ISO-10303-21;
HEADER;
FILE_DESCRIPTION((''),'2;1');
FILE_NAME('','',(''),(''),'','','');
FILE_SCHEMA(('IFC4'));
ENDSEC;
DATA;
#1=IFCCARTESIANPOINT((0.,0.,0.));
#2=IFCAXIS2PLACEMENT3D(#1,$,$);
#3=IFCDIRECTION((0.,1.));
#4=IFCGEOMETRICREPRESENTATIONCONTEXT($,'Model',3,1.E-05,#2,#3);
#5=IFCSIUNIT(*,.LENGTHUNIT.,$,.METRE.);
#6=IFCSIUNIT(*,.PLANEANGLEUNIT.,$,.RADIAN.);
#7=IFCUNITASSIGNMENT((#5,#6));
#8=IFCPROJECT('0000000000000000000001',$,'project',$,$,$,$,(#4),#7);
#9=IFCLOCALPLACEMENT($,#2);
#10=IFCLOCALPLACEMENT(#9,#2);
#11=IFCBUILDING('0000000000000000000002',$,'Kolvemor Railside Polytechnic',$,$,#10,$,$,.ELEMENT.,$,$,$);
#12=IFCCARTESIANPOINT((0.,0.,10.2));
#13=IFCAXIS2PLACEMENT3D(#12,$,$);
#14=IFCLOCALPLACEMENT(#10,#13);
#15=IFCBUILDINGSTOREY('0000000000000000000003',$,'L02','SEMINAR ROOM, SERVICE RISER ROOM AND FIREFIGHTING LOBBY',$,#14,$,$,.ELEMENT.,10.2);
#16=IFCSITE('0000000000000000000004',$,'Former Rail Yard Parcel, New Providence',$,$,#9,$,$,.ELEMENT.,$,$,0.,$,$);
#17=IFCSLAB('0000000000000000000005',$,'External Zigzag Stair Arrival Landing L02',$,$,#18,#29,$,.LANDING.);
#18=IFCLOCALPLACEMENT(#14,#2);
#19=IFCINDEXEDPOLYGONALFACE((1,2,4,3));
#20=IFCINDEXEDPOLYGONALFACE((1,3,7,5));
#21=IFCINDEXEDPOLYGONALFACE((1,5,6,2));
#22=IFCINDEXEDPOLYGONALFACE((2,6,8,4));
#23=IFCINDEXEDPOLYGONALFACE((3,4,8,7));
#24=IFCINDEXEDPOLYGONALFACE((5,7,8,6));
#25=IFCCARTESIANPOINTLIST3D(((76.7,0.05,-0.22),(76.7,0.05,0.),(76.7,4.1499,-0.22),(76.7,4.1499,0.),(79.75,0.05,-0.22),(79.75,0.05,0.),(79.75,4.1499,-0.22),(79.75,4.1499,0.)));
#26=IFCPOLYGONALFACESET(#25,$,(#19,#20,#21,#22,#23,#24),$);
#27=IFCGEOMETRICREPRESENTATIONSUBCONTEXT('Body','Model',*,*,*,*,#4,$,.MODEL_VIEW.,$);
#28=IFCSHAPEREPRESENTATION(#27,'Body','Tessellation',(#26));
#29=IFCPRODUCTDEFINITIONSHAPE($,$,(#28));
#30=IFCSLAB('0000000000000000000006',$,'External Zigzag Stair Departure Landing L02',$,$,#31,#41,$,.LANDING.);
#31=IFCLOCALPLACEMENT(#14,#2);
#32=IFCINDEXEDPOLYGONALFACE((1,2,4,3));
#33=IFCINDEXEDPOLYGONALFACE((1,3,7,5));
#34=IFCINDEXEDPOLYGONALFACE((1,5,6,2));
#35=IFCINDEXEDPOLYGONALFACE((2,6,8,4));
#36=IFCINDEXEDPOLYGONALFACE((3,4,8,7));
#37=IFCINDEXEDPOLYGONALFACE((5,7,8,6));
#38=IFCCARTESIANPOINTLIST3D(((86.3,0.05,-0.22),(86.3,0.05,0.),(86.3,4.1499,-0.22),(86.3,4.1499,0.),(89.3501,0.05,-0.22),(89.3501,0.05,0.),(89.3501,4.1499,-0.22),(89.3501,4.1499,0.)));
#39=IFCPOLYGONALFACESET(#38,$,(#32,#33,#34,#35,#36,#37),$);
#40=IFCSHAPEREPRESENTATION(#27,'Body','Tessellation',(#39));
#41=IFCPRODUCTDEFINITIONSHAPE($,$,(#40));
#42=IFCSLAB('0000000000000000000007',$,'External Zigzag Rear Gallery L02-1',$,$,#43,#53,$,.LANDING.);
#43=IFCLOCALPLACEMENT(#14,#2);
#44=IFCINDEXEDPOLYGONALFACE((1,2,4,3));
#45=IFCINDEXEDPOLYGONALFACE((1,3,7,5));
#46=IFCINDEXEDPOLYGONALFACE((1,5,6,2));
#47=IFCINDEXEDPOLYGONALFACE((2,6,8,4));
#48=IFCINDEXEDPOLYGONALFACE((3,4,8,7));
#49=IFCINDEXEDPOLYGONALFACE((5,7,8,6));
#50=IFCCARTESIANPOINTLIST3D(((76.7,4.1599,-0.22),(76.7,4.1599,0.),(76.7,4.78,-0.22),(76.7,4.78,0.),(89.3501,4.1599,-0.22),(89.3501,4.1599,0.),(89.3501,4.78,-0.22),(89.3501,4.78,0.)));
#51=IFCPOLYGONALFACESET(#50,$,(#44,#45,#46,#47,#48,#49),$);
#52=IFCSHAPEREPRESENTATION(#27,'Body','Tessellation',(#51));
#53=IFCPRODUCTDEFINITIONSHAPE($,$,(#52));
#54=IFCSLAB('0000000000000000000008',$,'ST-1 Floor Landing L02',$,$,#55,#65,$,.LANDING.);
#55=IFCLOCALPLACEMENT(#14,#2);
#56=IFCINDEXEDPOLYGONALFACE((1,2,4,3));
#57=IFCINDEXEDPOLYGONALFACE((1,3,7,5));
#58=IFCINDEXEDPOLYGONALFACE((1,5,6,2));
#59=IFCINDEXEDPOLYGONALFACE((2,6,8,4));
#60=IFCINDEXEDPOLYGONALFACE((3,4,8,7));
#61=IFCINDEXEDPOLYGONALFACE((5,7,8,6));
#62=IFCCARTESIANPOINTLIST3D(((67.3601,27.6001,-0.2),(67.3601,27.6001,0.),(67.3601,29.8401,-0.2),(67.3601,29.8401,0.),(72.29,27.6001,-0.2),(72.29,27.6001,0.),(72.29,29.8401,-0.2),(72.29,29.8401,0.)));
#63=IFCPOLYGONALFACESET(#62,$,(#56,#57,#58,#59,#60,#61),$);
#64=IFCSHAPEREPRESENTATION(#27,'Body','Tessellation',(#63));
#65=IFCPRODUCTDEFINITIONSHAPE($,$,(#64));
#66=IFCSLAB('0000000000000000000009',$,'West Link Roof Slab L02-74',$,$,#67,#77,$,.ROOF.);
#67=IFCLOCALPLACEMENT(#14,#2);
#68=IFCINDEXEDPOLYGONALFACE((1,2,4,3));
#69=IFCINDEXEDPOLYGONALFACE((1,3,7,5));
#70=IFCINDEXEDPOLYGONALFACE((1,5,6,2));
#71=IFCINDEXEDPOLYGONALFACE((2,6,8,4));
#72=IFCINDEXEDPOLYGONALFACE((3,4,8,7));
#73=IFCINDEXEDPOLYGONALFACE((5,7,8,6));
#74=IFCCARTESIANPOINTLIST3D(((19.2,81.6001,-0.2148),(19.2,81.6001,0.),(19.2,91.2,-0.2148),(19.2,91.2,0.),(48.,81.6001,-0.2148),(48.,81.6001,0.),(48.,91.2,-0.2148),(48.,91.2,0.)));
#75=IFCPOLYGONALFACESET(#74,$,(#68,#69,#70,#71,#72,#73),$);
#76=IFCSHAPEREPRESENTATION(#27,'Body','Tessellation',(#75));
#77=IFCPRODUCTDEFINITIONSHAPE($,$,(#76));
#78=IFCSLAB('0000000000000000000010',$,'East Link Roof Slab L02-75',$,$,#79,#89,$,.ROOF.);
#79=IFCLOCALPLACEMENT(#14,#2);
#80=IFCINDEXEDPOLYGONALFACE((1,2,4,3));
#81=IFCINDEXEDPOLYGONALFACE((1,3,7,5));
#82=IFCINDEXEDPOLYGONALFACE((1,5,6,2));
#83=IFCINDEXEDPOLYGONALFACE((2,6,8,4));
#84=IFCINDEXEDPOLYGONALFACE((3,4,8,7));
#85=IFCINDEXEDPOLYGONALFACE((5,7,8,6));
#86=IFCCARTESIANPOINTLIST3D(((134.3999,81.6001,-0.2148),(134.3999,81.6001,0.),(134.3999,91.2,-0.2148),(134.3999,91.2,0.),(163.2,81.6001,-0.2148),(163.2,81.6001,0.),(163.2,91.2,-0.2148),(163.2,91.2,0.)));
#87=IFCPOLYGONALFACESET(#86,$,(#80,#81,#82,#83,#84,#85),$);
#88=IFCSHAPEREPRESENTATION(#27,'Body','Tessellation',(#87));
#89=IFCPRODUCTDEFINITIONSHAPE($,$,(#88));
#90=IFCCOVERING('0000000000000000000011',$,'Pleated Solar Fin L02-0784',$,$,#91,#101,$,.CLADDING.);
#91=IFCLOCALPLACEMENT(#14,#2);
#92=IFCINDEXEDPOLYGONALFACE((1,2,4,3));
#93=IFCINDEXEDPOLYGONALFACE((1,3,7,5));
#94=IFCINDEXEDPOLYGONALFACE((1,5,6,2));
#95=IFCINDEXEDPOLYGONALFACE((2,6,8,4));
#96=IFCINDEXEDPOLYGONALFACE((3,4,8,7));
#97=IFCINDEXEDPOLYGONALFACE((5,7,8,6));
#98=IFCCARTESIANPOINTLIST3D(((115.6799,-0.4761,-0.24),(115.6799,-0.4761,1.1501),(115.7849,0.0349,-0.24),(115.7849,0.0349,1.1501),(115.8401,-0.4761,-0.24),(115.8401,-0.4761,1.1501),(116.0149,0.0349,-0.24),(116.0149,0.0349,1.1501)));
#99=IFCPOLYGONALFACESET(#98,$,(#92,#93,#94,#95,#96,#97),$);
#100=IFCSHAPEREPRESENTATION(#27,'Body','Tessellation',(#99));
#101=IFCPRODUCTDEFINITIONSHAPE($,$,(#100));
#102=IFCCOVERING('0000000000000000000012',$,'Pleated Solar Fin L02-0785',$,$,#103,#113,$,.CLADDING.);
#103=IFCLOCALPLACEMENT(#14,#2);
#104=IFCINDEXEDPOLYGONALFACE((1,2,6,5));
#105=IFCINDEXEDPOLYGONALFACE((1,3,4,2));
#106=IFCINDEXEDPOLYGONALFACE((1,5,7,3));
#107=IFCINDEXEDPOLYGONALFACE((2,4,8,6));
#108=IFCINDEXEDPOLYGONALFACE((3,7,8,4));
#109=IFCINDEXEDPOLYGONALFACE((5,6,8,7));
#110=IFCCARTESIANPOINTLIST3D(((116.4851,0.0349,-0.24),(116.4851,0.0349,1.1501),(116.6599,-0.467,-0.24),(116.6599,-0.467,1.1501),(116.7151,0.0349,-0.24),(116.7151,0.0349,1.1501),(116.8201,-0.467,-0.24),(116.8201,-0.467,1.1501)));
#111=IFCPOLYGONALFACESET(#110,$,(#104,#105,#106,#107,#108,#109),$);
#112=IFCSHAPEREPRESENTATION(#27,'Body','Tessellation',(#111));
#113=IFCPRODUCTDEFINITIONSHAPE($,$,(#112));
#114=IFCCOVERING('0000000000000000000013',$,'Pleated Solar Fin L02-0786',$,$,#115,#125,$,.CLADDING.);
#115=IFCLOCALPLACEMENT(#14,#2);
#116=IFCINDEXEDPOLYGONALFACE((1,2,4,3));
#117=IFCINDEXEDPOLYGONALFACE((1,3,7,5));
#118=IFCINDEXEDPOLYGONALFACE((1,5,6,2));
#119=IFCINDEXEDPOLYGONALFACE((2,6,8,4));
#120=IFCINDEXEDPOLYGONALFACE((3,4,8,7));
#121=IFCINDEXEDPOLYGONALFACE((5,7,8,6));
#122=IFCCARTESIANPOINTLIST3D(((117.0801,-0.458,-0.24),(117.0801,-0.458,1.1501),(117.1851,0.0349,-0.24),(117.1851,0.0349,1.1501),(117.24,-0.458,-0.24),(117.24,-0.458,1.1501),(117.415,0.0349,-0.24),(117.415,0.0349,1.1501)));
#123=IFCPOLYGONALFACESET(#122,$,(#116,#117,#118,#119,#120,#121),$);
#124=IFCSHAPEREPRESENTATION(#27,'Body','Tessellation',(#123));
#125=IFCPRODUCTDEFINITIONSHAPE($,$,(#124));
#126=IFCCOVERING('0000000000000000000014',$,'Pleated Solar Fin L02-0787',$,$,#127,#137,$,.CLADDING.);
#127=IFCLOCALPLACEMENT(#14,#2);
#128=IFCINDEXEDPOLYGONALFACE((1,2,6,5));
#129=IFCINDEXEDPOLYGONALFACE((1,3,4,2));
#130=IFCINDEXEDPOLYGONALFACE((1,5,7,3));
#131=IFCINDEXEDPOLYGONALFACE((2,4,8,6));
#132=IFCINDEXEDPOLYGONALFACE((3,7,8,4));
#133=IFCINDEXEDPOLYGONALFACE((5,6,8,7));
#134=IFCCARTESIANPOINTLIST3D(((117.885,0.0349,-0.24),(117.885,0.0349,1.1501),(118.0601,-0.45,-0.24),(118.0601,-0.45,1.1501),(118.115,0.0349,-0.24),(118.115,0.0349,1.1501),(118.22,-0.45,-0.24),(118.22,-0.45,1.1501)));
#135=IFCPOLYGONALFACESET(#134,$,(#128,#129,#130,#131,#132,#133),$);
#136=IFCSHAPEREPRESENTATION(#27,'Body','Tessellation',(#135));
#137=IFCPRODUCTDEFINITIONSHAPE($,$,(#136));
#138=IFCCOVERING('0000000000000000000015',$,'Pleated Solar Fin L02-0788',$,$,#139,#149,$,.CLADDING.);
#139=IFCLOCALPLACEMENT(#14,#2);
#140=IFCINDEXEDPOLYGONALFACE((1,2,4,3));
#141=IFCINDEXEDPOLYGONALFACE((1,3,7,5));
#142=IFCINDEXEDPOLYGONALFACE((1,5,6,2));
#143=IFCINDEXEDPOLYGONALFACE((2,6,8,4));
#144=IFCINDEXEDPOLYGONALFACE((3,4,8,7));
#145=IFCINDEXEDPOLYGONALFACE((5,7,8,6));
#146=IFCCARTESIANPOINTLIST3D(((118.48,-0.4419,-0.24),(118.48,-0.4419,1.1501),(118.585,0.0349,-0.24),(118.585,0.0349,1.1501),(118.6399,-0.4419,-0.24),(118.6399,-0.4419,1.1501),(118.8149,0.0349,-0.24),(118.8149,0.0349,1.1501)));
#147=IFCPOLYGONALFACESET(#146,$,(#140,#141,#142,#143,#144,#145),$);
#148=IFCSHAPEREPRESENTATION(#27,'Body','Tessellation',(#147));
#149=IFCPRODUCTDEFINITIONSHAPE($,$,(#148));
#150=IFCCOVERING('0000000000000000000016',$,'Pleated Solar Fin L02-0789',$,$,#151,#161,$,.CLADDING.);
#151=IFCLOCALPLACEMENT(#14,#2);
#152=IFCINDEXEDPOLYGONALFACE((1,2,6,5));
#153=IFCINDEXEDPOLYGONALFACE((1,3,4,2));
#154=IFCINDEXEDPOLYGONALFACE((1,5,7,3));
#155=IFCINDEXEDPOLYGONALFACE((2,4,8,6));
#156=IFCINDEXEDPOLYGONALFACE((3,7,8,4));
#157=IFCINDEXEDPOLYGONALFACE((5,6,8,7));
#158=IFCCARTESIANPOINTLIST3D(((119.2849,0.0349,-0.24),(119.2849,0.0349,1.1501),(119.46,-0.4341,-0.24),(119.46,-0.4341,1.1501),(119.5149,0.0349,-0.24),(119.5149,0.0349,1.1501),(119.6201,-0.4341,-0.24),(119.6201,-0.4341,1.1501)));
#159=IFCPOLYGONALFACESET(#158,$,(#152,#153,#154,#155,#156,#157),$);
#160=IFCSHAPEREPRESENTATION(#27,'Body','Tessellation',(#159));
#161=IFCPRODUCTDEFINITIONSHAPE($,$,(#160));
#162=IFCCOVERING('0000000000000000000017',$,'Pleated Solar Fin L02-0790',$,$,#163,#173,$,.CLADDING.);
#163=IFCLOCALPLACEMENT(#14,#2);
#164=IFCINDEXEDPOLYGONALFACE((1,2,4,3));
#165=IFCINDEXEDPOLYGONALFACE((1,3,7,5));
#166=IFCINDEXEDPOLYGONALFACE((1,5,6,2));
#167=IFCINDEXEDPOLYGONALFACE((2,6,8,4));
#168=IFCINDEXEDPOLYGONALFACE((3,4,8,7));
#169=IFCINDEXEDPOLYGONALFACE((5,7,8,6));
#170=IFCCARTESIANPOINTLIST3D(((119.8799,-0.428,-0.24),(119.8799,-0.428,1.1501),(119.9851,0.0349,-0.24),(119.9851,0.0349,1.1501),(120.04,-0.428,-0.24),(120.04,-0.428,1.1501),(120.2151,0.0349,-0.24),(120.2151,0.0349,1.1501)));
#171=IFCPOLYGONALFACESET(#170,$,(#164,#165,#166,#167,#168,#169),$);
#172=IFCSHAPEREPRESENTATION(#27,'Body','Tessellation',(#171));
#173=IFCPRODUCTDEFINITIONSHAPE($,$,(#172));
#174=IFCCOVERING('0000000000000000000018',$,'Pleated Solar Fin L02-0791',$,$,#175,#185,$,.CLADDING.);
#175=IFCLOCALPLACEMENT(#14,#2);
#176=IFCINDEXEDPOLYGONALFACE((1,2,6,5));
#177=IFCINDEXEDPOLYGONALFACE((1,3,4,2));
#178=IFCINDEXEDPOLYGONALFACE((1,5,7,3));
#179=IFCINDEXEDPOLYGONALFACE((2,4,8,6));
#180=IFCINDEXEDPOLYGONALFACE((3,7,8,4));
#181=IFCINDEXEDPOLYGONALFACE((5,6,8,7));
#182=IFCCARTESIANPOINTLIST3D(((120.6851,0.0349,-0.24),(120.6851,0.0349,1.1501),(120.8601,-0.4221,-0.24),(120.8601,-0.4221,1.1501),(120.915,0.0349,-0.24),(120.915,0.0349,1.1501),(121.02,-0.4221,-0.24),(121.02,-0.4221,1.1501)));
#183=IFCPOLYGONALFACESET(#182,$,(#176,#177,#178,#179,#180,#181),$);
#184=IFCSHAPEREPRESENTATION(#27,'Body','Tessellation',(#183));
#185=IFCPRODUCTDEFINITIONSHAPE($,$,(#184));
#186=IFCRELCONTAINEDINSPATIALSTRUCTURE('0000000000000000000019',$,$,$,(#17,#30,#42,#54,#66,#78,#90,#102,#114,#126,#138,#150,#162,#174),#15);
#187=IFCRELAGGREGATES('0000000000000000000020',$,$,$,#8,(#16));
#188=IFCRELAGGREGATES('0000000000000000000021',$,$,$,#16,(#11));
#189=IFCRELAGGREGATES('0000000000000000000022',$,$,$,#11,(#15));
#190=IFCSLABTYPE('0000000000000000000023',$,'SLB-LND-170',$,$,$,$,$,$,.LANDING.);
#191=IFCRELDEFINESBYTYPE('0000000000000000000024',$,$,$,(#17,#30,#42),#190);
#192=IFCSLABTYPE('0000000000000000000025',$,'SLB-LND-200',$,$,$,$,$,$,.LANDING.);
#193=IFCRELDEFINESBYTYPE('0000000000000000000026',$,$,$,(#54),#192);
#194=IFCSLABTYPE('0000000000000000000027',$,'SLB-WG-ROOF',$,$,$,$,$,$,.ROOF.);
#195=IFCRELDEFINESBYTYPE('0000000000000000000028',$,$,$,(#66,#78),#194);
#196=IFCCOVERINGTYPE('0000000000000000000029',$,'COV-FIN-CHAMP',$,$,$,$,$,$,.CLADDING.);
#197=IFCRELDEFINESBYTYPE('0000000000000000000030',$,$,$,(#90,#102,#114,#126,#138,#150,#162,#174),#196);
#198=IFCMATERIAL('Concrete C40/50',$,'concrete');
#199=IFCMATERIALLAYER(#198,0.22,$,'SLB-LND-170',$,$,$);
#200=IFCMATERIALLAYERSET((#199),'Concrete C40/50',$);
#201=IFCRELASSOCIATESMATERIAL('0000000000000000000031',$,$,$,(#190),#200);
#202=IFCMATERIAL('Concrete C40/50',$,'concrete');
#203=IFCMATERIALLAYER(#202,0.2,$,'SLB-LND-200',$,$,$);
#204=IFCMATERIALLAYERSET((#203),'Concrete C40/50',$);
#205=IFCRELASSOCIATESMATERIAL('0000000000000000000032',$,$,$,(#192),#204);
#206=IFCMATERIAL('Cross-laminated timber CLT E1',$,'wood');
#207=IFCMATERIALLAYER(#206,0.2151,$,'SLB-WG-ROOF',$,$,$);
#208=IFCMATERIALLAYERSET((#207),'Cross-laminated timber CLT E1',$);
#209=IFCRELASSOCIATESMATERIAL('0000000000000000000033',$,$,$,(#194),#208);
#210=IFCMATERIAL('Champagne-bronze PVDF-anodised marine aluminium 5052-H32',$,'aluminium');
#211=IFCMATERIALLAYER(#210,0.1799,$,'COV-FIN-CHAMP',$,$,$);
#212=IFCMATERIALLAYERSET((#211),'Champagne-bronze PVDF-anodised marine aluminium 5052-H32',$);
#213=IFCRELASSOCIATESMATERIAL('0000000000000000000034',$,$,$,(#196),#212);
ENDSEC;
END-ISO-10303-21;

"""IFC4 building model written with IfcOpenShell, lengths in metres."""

from ifc_helpers import new_model, si_unit, direction, frame, origin, place, context, subcontext, project, spatial, polyline, outline, extrude, material, layer, layer_set, type_object, element, save


model = new_model("IFC4")

# Units and contexts
model_context = context("Model", 3, precision=1e-05, world=origin(), true_north=direction((0.0, 1.0)))
body_context = subcontext(model_context, "Body", "Model", "MODEL_VIEW")
ifc_project = project(units=[si_unit("LENGTHUNIT", "METRE"), si_unit("PLANEANGLEUNIT", "RADIAN")], contexts=[model_context])

# Site, building, storey
site_placement = place(None, origin())
site = spatial("IfcSite", under=ifc_project, at=site_placement, Name="Former Rail Yard Parcel, New Providence", CompositionType="ELEMENT", RefElevation=0.0)
building_placement = place(site_placement, origin())
building = spatial("IfcBuilding", under=site, at=building_placement, Name="Kolvemor Railside Polytechnic", CompositionType="ELEMENT")
storey_placement = place(building_placement, frame((0.0, 0.0, 10.2)))
storey = spatial("IfcBuildingStorey", under=building, at=storey_placement, Name="L02", Description="SEMINAR ROOM, SERVICE RISER ROOM AND FIREFIGHTING LOBBY", CompositionType="ELEMENT", Elevation=10.2)

# Slabs
ifc_material_1 = material(Name="Concrete C40/50", Category="concrete")
ifc_layer_1 = layer(ifc_material_1, 0.22, Name="SLB-LND-170")
ifc_layer_set_1 = layer_set([ifc_layer_1], Name="Concrete C40/50")
slab_type_1 = type_object("IfcSlabType", Name="SLB-LND-170", PredefinedType="LANDING", material=ifc_layer_set_1)
slab_1_placement = place(storey_placement, frame((0.0, 0.0, -0.22)))
element("IfcSlab", 1, at=slab_1_placement, inside=storey, type_object=slab_type_1, Name="External Zigzag Stair Arrival Landing L02", PredefinedType="LANDING", context=body_context, shape_type="SweptSolid", body=[
    extrude(outline(polyline([(76.7, 0.05), (79.75, 0.05), (79.75, 4.1499), (76.7, 4.1499), (76.7, 0.05)])), origin(), (0.0, 0.0, 1.0), 0.22),
])
slab_2_placement = place(storey_placement, frame((0.0, 0.0, -0.22)))
element("IfcSlab", 2, at=slab_2_placement, inside=storey, type_object=slab_type_1, Name="External Zigzag Stair Departure Landing L02", PredefinedType="LANDING", context=body_context, shape_type="SweptSolid", body=[
    extrude(outline(polyline([(86.3, 0.05), (89.3501, 0.05), (89.3501, 4.1499), (86.3, 4.1499), (86.3, 0.05)])), origin(), (0.0, 0.0, 1.0), 0.22),
])
slab_3_placement = place(storey_placement, frame((0.0, 0.0, -0.22)))
element("IfcSlab", 3, at=slab_3_placement, inside=storey, type_object=slab_type_1, Name="External Zigzag Rear Gallery L02-1", PredefinedType="LANDING", context=body_context, shape_type="SweptSolid", body=[
    extrude(outline(polyline([(76.7, 4.1599), (89.3501, 4.1599), (89.3501, 4.78), (76.7, 4.78), (76.7, 4.1599)])), origin(), (0.0, 0.0, 1.0), 0.22),
])
ifc_material_2 = material(Name="Concrete C40/50", Category="concrete")
ifc_layer_2 = layer(ifc_material_2, 0.2, Name="SLB-LND-200")
ifc_layer_set_2 = layer_set([ifc_layer_2], Name="Concrete C40/50")
slab_type_2 = type_object("IfcSlabType", Name="SLB-LND-200", PredefinedType="LANDING", material=ifc_layer_set_2)
slab_4_placement = place(storey_placement, frame((0.0, 0.0, -0.2)))
element("IfcSlab", 4, at=slab_4_placement, inside=storey, type_object=slab_type_2, Name="ST-1 Floor Landing L02", PredefinedType="LANDING", context=body_context, shape_type="SweptSolid", body=[
    extrude(outline(polyline([(67.3601, 27.6001), (72.29, 27.6001), (72.29, 29.8401), (67.3601, 29.8401), (67.3601, 27.6001)])), origin(), (0.0, 0.0, 1.0), 0.2),
])
ifc_material_3 = material(Name="Cross-laminated timber CLT E1", Category="wood")
ifc_layer_3 = layer(ifc_material_3, 0.2151, Name="SLB-WG-ROOF")
ifc_layer_set_3 = layer_set([ifc_layer_3], Name="Cross-laminated timber CLT E1")
slab_type_3 = type_object("IfcSlabType", Name="SLB-WG-ROOF", PredefinedType="ROOF", material=ifc_layer_set_3)
slab_5_placement = place(storey_placement, frame((0.0, 0.0, -0.2148)))
element("IfcSlab", 5, at=slab_5_placement, inside=storey, type_object=slab_type_3, Name="West Link Roof Slab L02-74", PredefinedType="ROOF", context=body_context, shape_type="SweptSolid", body=[
    extrude(outline(polyline([(19.2, 81.6001), (48.0, 81.6001), (48.0, 91.2), (19.2, 91.2), (19.2, 81.6001)])), origin(), (0.0, 0.0, 1.0), 0.2148),
])
slab_6_placement = place(storey_placement, frame((0.0, 0.0, -0.2148)))
element("IfcSlab", 6, at=slab_6_placement, inside=storey, type_object=slab_type_3, Name="East Link Roof Slab L02-75", PredefinedType="ROOF", context=body_context, shape_type="SweptSolid", body=[
    extrude(outline(polyline([(134.3999, 81.6001), (163.2, 81.6001), (163.2, 91.2), (134.3999, 91.2), (134.3999, 81.6001)])), origin(), (0.0, 0.0, 1.0), 0.2148),
])

# Coverings
ifc_material_4 = material(Name="Champagne-bronze PVDF-anodised marine aluminium 5052-H32", Category="aluminium")
ifc_layer_4 = layer(ifc_material_4, 0.1799, Name="COV-FIN-CHAMP")
ifc_layer_set_4 = layer_set([ifc_layer_4], Name="Champagne-bronze PVDF-anodised marine aluminium 5052-H32")
covering_type = type_object("IfcCoveringType", Name="COV-FIN-CHAMP", PredefinedType="CLADDING", material=ifc_layer_set_4)
covering_1_placement = place(storey_placement, frame((0.0, 0.0, -0.24)))
element("IfcCovering", 7, at=covering_1_placement, inside=storey, type_object=covering_type, Name="Pleated Solar Fin L02-0784", PredefinedType="CLADDING", context=body_context, shape_type="SweptSolid", body=[
    extrude(outline(polyline([(115.7849, 0.0349), (116.0149, 0.0349), (115.8401, -0.4761), (115.6799, -0.4761), (115.7849, 0.0349)])), origin(), (0.0, 0.0, 1.0), 1.3901),
])
covering_2_placement = place(storey_placement, frame((0.0, 0.0, -0.24)))
element("IfcCovering", 8, at=covering_2_placement, inside=storey, type_object=covering_type, Name="Pleated Solar Fin L02-0785", PredefinedType="CLADDING", context=body_context, shape_type="SweptSolid", body=[
    extrude(outline(polyline([(116.4851, 0.0349), (116.7151, 0.0349), (116.8201, -0.467), (116.6599, -0.467), (116.4851, 0.0349)])), origin(), (0.0, 0.0, 1.0), 1.3901),
])
covering_3_placement = place(storey_placement, frame((0.0, 0.0, -0.24)))
element("IfcCovering", 9, at=covering_3_placement, inside=storey, type_object=covering_type, Name="Pleated Solar Fin L02-0786", PredefinedType="CLADDING", context=body_context, shape_type="SweptSolid", body=[
    extrude(outline(polyline([(117.1851, 0.0349), (117.415, 0.0349), (117.24, -0.458), (117.0801, -0.458), (117.1851, 0.0349)])), origin(), (0.0, 0.0, 1.0), 1.3901),
])
covering_4_placement = place(storey_placement, frame((0.0, 0.0, -0.24)))
element("IfcCovering", 10, at=covering_4_placement, inside=storey, type_object=covering_type, Name="Pleated Solar Fin L02-0787", PredefinedType="CLADDING", context=body_context, shape_type="SweptSolid", body=[
    extrude(outline(polyline([(117.885, 0.0349), (118.115, 0.0349), (118.22, -0.45), (118.0601, -0.45), (117.885, 0.0349)])), origin(), (0.0, 0.0, 1.0), 1.3901),
])
covering_5_placement = place(storey_placement, frame((0.0, 0.0, -0.24)))
element("IfcCovering", 11, at=covering_5_placement, inside=storey, type_object=covering_type, Name="Pleated Solar Fin L02-0788", PredefinedType="CLADDING", context=body_context, shape_type="SweptSolid", body=[
    extrude(outline(polyline([(118.585, 0.0349), (118.8149, 0.0349), (118.6399, -0.4419), (118.48, -0.4419), (118.585, 0.0349)])), origin(), (0.0, 0.0, 1.0), 1.3901),
])
covering_6_placement = place(storey_placement, frame((0.0, 0.0, -0.24)))
element("IfcCovering", 12, at=covering_6_placement, inside=storey, type_object=covering_type, Name="Pleated Solar Fin L02-0789", PredefinedType="CLADDING", context=body_context, shape_type="SweptSolid", body=[
    extrude(outline(polyline([(119.2849, 0.0349), (119.5149, 0.0349), (119.6201, -0.4341), (119.46, -0.4341), (119.2849, 0.0349)])), origin(), (0.0, 0.0, 1.0), 1.3901),
])
covering_7_placement = place(storey_placement, frame((0.0, 0.0, -0.24)))
element("IfcCovering", 13, at=covering_7_placement, inside=storey, type_object=covering_type, Name="Pleated Solar Fin L02-0790", PredefinedType="CLADDING", context=body_context, shape_type="SweptSolid", body=[
    extrude(outline(polyline([(119.9851, 0.0349), (120.2151, 0.0349), (120.04, -0.428), (119.8799, -0.428), (119.9851, 0.0349)])), origin(), (0.0, 0.0, 1.0), 1.3901),
])
covering_8_placement = place(storey_placement, frame((0.0, 0.0, -0.24)))
element("IfcCovering", 14, at=covering_8_placement, inside=storey, type_object=covering_type, Name="Pleated Solar Fin L02-0791", PredefinedType="CLADDING", context=body_context, shape_type="SweptSolid", body=[
    extrude(outline(polyline([(120.6851, 0.0349), (120.915, 0.0349), (121.02, -0.4221), (120.8601, -0.4221), (120.6851, 0.0349)])), origin(), (0.0, 0.0, 1.0), 1.3901),
])

save(model, "model.ifc")
